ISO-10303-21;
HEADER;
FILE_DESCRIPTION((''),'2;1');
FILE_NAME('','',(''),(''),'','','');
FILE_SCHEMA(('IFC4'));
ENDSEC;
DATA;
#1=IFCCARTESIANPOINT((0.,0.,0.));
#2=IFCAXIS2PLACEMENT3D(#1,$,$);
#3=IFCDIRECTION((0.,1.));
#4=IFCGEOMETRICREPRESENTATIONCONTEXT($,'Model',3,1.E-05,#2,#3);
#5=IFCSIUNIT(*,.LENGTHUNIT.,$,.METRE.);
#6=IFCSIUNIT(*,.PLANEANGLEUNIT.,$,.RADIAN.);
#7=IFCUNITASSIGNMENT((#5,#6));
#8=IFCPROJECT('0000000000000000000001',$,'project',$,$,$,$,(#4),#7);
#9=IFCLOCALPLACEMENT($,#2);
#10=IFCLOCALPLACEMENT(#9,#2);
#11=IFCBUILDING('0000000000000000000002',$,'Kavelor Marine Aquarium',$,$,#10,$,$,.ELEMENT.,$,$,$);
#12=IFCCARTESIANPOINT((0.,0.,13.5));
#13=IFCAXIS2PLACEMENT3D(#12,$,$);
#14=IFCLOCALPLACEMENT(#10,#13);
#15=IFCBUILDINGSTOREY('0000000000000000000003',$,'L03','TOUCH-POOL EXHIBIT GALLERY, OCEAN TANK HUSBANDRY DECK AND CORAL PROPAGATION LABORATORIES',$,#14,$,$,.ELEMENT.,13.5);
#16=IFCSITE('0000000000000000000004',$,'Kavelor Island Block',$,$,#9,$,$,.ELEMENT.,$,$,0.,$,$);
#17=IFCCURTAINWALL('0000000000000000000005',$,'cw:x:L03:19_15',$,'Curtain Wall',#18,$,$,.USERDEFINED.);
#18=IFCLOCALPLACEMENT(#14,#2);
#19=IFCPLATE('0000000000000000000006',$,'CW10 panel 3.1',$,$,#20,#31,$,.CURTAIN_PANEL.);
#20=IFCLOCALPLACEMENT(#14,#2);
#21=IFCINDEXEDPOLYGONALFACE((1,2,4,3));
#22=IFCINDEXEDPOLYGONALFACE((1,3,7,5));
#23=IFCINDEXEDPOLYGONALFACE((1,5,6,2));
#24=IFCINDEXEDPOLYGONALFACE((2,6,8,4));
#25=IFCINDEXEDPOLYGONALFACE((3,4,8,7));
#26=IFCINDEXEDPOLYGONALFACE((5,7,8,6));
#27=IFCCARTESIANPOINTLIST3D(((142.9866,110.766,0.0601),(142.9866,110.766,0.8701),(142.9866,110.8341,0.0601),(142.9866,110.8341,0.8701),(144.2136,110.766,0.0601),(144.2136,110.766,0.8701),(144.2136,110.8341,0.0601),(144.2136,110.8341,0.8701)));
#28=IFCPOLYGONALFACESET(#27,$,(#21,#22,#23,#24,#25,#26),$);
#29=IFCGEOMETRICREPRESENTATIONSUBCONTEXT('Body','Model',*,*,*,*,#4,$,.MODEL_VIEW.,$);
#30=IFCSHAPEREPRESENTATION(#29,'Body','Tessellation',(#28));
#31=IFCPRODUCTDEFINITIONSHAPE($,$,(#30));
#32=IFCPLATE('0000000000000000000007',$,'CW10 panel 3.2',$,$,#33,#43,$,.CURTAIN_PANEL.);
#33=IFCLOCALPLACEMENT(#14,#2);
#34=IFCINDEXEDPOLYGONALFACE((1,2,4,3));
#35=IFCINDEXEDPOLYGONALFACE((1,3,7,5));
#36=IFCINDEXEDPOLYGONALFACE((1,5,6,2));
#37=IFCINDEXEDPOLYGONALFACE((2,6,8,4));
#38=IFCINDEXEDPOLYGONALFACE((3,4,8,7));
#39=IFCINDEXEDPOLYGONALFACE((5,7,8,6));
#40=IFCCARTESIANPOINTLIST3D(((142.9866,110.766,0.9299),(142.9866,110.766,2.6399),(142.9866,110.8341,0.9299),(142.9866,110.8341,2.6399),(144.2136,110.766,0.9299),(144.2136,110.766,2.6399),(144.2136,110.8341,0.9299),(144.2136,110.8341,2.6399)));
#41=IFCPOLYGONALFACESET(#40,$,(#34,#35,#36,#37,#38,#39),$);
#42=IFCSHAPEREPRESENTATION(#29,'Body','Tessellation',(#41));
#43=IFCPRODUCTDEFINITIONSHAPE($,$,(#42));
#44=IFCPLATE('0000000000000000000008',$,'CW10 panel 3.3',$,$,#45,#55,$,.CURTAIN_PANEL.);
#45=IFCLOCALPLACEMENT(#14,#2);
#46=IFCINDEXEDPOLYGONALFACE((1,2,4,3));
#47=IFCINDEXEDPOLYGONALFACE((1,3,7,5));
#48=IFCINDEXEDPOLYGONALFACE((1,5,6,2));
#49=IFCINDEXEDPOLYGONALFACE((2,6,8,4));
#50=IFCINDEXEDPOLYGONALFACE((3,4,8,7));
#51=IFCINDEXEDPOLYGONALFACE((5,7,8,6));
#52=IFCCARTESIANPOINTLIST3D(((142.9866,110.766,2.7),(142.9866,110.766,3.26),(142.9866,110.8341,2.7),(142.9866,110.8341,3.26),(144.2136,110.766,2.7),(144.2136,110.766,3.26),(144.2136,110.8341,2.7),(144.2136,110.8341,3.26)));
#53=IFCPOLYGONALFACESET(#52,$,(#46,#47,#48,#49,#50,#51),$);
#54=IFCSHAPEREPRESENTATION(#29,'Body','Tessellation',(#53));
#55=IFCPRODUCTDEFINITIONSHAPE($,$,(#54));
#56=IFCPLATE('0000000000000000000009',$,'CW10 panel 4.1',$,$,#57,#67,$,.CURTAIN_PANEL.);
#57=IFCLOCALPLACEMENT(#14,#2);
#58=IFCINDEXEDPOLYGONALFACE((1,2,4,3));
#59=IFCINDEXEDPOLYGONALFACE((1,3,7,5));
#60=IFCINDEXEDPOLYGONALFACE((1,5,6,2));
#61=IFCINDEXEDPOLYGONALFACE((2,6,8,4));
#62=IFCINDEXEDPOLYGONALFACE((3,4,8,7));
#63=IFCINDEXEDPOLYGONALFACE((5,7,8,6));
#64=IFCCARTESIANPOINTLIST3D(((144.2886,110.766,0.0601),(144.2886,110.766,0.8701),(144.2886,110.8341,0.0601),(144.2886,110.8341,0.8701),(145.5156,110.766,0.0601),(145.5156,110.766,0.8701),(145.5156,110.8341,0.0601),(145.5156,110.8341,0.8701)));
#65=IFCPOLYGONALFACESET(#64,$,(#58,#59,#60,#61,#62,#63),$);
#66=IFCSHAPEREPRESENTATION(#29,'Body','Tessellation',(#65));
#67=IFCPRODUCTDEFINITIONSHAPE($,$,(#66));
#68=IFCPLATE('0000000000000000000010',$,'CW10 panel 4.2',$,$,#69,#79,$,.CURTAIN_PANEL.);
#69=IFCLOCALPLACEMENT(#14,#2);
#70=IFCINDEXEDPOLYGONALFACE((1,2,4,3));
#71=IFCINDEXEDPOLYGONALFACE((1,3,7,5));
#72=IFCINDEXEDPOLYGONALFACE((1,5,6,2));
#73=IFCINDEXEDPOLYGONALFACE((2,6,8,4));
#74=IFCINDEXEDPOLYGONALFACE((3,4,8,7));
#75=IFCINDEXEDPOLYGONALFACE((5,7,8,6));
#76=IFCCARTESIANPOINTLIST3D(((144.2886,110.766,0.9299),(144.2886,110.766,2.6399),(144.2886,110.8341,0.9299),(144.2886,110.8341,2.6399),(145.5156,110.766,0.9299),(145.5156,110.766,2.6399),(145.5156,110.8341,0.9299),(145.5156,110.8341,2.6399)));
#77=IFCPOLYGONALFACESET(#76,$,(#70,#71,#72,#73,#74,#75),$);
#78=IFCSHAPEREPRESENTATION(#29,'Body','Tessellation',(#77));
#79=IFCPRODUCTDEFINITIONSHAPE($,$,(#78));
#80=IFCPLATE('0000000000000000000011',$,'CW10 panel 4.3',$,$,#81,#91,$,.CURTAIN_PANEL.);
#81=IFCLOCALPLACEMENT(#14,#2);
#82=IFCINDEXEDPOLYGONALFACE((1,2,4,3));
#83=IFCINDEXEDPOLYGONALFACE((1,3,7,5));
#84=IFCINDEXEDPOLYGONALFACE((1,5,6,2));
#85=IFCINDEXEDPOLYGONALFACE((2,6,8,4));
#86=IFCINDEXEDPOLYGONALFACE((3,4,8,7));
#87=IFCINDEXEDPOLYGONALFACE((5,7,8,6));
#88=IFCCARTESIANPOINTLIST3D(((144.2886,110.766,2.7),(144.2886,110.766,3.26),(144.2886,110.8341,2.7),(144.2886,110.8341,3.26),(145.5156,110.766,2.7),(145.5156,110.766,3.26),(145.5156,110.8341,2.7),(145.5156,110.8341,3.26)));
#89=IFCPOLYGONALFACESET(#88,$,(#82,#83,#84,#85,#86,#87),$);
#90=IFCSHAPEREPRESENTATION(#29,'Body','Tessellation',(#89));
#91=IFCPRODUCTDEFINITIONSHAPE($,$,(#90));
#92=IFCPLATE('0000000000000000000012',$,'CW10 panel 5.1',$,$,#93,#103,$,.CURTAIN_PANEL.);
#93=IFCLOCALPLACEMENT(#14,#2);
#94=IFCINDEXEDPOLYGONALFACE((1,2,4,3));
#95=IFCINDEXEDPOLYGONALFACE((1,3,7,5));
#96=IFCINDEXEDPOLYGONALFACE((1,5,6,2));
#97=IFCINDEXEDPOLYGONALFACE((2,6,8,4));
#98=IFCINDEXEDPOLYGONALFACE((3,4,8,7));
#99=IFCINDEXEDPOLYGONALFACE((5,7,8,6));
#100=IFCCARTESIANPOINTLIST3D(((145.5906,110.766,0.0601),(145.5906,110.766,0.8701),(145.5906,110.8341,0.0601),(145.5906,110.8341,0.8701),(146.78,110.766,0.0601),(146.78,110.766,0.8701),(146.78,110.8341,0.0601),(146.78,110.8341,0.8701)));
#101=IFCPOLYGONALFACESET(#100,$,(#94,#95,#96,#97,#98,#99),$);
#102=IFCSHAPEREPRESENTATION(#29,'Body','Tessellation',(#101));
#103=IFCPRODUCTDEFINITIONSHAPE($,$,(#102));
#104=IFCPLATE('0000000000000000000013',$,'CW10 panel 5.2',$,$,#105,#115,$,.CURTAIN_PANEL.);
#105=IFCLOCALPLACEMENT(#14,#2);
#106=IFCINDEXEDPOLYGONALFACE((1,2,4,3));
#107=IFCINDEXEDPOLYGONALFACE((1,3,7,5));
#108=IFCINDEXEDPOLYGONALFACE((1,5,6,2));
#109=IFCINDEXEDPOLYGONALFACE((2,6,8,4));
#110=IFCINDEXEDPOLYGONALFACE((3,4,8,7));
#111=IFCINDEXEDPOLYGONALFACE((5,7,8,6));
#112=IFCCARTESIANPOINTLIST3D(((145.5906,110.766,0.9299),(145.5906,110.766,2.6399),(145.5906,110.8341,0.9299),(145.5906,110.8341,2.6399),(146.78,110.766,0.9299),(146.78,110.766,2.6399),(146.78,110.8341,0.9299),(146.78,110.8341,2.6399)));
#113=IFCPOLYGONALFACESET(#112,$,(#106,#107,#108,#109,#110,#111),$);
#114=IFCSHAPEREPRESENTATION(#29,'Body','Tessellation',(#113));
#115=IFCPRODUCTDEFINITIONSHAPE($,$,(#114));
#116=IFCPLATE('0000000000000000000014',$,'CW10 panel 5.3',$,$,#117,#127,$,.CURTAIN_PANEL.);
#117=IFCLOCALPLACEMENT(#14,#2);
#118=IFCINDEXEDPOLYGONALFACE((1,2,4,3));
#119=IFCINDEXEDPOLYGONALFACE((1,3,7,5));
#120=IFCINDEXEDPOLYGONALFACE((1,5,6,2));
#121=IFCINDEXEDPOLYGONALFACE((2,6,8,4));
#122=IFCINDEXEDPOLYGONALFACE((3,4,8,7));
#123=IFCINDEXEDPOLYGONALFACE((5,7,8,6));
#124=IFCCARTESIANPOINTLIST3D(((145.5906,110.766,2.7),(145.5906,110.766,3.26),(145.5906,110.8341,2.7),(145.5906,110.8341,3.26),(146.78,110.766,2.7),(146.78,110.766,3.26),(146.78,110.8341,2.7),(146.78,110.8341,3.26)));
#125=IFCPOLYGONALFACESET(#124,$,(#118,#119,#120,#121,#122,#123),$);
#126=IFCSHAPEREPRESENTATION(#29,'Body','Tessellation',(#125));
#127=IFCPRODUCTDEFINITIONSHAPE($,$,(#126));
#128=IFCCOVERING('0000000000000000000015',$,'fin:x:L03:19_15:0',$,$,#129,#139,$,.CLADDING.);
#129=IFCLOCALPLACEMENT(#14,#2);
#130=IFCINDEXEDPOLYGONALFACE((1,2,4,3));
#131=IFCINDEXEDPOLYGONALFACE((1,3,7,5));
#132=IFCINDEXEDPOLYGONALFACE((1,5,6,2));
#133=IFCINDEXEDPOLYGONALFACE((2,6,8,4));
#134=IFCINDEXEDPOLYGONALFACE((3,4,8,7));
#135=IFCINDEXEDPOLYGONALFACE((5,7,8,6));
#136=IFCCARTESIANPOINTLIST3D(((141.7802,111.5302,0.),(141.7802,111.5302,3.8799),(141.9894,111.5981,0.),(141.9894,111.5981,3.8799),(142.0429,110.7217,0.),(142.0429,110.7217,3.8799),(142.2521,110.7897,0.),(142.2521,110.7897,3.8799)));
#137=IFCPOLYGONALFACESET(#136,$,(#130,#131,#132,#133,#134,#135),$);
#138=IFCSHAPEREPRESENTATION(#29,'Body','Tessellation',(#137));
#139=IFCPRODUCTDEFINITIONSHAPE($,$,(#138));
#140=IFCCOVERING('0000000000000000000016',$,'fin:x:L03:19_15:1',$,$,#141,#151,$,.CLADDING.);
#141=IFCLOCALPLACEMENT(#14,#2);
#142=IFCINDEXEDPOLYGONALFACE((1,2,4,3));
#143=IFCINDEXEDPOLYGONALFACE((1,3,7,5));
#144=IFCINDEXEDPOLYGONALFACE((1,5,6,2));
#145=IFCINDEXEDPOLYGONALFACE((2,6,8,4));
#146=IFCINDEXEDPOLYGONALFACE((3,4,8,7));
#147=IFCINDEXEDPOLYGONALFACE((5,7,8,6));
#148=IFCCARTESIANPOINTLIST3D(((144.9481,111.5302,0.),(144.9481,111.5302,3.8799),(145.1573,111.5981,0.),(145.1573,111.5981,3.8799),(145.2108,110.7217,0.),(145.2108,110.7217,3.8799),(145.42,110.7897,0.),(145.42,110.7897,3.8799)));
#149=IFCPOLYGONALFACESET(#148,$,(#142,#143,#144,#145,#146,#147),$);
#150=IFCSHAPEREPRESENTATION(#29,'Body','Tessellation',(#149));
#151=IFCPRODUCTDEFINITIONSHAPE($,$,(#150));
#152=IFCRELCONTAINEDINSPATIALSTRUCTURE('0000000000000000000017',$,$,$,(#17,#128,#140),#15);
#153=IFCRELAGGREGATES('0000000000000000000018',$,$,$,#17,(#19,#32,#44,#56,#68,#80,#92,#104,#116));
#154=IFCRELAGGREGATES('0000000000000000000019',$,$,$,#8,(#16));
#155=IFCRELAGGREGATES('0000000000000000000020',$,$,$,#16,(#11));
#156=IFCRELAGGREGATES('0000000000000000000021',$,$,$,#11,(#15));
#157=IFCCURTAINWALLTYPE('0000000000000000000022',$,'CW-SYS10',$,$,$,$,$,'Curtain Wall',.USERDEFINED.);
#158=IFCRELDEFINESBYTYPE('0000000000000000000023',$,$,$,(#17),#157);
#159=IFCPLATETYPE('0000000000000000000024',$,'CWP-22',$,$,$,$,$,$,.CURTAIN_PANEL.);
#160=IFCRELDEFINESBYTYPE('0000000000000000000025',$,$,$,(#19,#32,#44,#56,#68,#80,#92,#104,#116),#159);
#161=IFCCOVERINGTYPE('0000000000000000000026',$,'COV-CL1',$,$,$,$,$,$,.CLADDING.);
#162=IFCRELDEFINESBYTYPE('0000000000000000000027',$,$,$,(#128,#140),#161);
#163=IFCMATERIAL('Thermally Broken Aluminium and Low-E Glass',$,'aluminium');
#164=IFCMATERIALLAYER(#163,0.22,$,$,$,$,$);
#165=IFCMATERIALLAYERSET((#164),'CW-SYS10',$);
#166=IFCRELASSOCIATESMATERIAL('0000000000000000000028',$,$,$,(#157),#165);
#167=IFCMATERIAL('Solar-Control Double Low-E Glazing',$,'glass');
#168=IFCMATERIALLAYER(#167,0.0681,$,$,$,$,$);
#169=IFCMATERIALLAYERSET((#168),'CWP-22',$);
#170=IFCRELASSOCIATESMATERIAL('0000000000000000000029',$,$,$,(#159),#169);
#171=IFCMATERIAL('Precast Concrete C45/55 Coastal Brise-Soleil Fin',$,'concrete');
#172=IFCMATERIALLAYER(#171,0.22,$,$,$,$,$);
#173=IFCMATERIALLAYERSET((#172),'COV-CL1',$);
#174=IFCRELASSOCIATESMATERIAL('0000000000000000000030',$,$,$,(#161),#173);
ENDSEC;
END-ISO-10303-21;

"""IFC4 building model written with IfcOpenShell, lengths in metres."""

from ifc_helpers import new_model, si_unit, direction, frame, origin, origin_2d, place, context, subcontext, project, spatial, rectangle, extrude, material, layer, layer_set, type_object, element, aggregate, save


model = new_model("IFC4")

# Units and contexts
model_context = context("Model", 3, precision=1e-05, world=origin(), true_north=direction((0.0, 1.0)))
body_context = subcontext(model_context, "Body", "Model", "MODEL_VIEW")
ifc_project = project(units=[si_unit("LENGTHUNIT", "METRE"), si_unit("PLANEANGLEUNIT", "RADIAN")], contexts=[model_context])

# Site, building, storey
site_placement = place(None, origin())
site = spatial("IfcSite", under=ifc_project, at=site_placement, Name="Kavelor Island Block", CompositionType="ELEMENT", RefElevation=0.0)
building_placement = place(site_placement, origin())
building = spatial("IfcBuilding", under=site, at=building_placement, Name="Kavelor Marine Aquarium", CompositionType="ELEMENT")
storey_placement = place(building_placement, frame((0.0, 0.0, 13.5)))
storey = spatial("IfcBuildingStorey", under=building, at=storey_placement, Name="L03", Description="TOUCH-POOL EXHIBIT GALLERY, OCEAN TANK HUSBANDRY DECK AND CORAL PROPAGATION LABORATORIES", CompositionType="ELEMENT", Elevation=13.5)

# Curtain wall
ifc_material_1 = material(Name="Thermally Broken Aluminium and Low-E Glass", Category="aluminium")
ifc_layer_1 = layer(ifc_material_1, 0.22)
ifc_layer_set_1 = layer_set([ifc_layer_1], Name="CW-SYS10")
curtain_wall_type_1 = type_object("IfcCurtainWallType", Name="CW-SYS10", ElementType="Curtain Wall", PredefinedType="USERDEFINED", material=ifc_layer_set_1)
curtain_wall_1_placement = place(storey_placement, origin())
curtain_wall_1 = element("IfcCurtainWall", 1, at=curtain_wall_1_placement, inside=storey, type_object=curtain_wall_type_1, Name="cw:x:L03:19_15", ObjectType="Curtain Wall", PredefinedType="USERDEFINED")

# Plates
ifc_material_2 = material(Name="Solar-Control Double Low-E Glazing", Category="glass")
ifc_layer_2 = layer(ifc_material_2, 0.0681)
ifc_layer_set_2 = layer_set([ifc_layer_2], Name="CWP-22")
plate_type_1 = type_object("IfcPlateType", Name="CWP-22", PredefinedType="CURTAIN_PANEL", material=ifc_layer_set_2)
plate_1_placement = place(storey_placement, frame((143.6001, 110.8, 0.0601), z_axis=(0.0, 0.0, 1.0), x_axis=(1.0, 0.0, 0.0)))
plate_1 = element("IfcPlate", 2, at=plate_1_placement, type_object=plate_type_1, Name="CW10 panel 3.1", PredefinedType="CURTAIN_PANEL", context=body_context, shape_type="SweptSolid", body=[
    extrude(rectangle(XDim=1.2271, YDim=0.0681, at=origin_2d()), origin(), (0.0, 0.0, 1.0), 0.8101),
])
plate_2_placement = place(storey_placement, frame((143.6001, 110.8, 0.9299), z_axis=(0.0, 0.0, 1.0), x_axis=(1.0, 0.0, 0.0)))
plate_2 = element("IfcPlate", 3, at=plate_2_placement, type_object=plate_type_1, Name="CW10 panel 3.2", PredefinedType="CURTAIN_PANEL", context=body_context, shape_type="SweptSolid", body=[
    extrude(rectangle(XDim=1.2271, YDim=0.0681, at=origin_2d()), origin(), (0.0, 0.0, 1.0), 1.71),
])
plate_3_placement = place(storey_placement, frame((143.6001, 110.8, 2.7), z_axis=(0.0, 0.0, 1.0), x_axis=(1.0, 0.0, 0.0)))
plate_3 = element("IfcPlate", 4, at=plate_3_placement, type_object=plate_type_1, Name="CW10 panel 3.3", PredefinedType="CURTAIN_PANEL", context=body_context, shape_type="SweptSolid", body=[
    extrude(rectangle(XDim=1.2271, YDim=0.0681, at=origin_2d()), origin(), (0.0, 0.0, 1.0), 0.5601),
])
plate_4_placement = place(storey_placement, frame((144.9021, 110.8, 0.0601), z_axis=(0.0, 0.0, 1.0), x_axis=(1.0, 0.0, 0.0)))
plate_4 = element("IfcPlate", 5, at=plate_4_placement, type_object=plate_type_1, Name="CW10 panel 4.1", PredefinedType="CURTAIN_PANEL", context=body_context, shape_type="SweptSolid", body=[
    extrude(rectangle(XDim=1.2271, YDim=0.0681, at=origin_2d()), origin(), (0.0, 0.0, 1.0), 0.8101),
])
plate_5_placement = place(storey_placement, frame((144.9021, 110.8, 0.9299), z_axis=(0.0, 0.0, 1.0), x_axis=(1.0, 0.0, 0.0)))
plate_5 = element("IfcPlate", 6, at=plate_5_placement, type_object=plate_type_1, Name="CW10 panel 4.2", PredefinedType="CURTAIN_PANEL", context=body_context, shape_type="SweptSolid", body=[
    extrude(rectangle(XDim=1.2271, YDim=0.0681, at=origin_2d()), origin(), (0.0, 0.0, 1.0), 1.71),
])
plate_6_placement = place(storey_placement, frame((144.9021, 110.8, 2.7), z_axis=(0.0, 0.0, 1.0), x_axis=(1.0, 0.0, 0.0)))
plate_6 = element("IfcPlate", 7, at=plate_6_placement, type_object=plate_type_1, Name="CW10 panel 4.3", PredefinedType="CURTAIN_PANEL", context=body_context, shape_type="SweptSolid", body=[
    extrude(rectangle(XDim=1.2271, YDim=0.0681, at=origin_2d()), origin(), (0.0, 0.0, 1.0), 0.5601),
])
plate_7_placement = place(storey_placement, frame((146.1853, 110.8, 0.0601), z_axis=(0.0, 0.0, 1.0), x_axis=(1.0, 0.0, 0.0)))
plate_7 = element("IfcPlate", 8, at=plate_7_placement, type_object=plate_type_1, Name="CW10 panel 5.1", PredefinedType="CURTAIN_PANEL", context=body_context, shape_type="SweptSolid", body=[
    extrude(rectangle(XDim=1.1895, YDim=0.0681, at=origin_2d()), origin(), (0.0, 0.0, 1.0), 0.8101),
])
plate_8_placement = place(storey_placement, frame((146.1853, 110.8, 0.9299), z_axis=(0.0, 0.0, 1.0), x_axis=(1.0, 0.0, 0.0)))
plate_8 = element("IfcPlate", 9, at=plate_8_placement, type_object=plate_type_1, Name="CW10 panel 5.2", PredefinedType="CURTAIN_PANEL", context=body_context, shape_type="SweptSolid", body=[
    extrude(rectangle(XDim=1.1895, YDim=0.0681, at=origin_2d()), origin(), (0.0, 0.0, 1.0), 1.71),
])
plate_9_placement = place(storey_placement, frame((146.1853, 110.8, 2.7), z_axis=(0.0, 0.0, 1.0), x_axis=(1.0, 0.0, 0.0)))
plate_9 = element("IfcPlate", 10, at=plate_9_placement, type_object=plate_type_1, Name="CW10 panel 5.3", PredefinedType="CURTAIN_PANEL", context=body_context, shape_type="SweptSolid", body=[
    extrude(rectangle(XDim=1.1895, YDim=0.0681, at=origin_2d()), origin(), (0.0, 0.0, 1.0), 0.5601),
])
aggregate(curtain_wall_1, [plate_1, plate_2, plate_3, plate_4, plate_5, plate_6, plate_7, plate_8, plate_9])

# Coverings
ifc_material_3 = material(Name="Precast Concrete C45/55 Coastal Brise-Soleil Fin", Category="concrete")
ifc_layer_3 = layer(ifc_material_3, 0.22)
ifc_layer_set_3 = layer_set([ifc_layer_3], Name="COV-CL1")
covering_type = type_object("IfcCoveringType", Name="COV-CL1", PredefinedType="CLADDING", material=ifc_layer_set_3)
for number, where, z_axis, x_axis, name in (
    (11, (142.0161, 111.1599, 0.0), (0.0, 0.0, 1.0), (0.951057, 0.309017, 0.0), "fin:x:L03:19_15:0"),
    (12, (145.1841, 111.1599, 0.0), (0.0, 0.0, 1.0), (0.951057, 0.309017, 0.0), "fin:x:L03:19_15:1"),
):
    element("IfcCovering", number, at=place(storey_placement, frame(where, z_axis=z_axis, x_axis=x_axis)), inside=storey, type_object=covering_type, Name=name, PredefinedType="CLADDING", context=body_context, shape_type="SweptSolid", body=[
        extrude(rectangle(XDim=0.22, YDim=0.8501, at=origin_2d()), origin(), (0.0, 0.0, 1.0), 3.8799),
    ])

save(model, "model.ifc")
